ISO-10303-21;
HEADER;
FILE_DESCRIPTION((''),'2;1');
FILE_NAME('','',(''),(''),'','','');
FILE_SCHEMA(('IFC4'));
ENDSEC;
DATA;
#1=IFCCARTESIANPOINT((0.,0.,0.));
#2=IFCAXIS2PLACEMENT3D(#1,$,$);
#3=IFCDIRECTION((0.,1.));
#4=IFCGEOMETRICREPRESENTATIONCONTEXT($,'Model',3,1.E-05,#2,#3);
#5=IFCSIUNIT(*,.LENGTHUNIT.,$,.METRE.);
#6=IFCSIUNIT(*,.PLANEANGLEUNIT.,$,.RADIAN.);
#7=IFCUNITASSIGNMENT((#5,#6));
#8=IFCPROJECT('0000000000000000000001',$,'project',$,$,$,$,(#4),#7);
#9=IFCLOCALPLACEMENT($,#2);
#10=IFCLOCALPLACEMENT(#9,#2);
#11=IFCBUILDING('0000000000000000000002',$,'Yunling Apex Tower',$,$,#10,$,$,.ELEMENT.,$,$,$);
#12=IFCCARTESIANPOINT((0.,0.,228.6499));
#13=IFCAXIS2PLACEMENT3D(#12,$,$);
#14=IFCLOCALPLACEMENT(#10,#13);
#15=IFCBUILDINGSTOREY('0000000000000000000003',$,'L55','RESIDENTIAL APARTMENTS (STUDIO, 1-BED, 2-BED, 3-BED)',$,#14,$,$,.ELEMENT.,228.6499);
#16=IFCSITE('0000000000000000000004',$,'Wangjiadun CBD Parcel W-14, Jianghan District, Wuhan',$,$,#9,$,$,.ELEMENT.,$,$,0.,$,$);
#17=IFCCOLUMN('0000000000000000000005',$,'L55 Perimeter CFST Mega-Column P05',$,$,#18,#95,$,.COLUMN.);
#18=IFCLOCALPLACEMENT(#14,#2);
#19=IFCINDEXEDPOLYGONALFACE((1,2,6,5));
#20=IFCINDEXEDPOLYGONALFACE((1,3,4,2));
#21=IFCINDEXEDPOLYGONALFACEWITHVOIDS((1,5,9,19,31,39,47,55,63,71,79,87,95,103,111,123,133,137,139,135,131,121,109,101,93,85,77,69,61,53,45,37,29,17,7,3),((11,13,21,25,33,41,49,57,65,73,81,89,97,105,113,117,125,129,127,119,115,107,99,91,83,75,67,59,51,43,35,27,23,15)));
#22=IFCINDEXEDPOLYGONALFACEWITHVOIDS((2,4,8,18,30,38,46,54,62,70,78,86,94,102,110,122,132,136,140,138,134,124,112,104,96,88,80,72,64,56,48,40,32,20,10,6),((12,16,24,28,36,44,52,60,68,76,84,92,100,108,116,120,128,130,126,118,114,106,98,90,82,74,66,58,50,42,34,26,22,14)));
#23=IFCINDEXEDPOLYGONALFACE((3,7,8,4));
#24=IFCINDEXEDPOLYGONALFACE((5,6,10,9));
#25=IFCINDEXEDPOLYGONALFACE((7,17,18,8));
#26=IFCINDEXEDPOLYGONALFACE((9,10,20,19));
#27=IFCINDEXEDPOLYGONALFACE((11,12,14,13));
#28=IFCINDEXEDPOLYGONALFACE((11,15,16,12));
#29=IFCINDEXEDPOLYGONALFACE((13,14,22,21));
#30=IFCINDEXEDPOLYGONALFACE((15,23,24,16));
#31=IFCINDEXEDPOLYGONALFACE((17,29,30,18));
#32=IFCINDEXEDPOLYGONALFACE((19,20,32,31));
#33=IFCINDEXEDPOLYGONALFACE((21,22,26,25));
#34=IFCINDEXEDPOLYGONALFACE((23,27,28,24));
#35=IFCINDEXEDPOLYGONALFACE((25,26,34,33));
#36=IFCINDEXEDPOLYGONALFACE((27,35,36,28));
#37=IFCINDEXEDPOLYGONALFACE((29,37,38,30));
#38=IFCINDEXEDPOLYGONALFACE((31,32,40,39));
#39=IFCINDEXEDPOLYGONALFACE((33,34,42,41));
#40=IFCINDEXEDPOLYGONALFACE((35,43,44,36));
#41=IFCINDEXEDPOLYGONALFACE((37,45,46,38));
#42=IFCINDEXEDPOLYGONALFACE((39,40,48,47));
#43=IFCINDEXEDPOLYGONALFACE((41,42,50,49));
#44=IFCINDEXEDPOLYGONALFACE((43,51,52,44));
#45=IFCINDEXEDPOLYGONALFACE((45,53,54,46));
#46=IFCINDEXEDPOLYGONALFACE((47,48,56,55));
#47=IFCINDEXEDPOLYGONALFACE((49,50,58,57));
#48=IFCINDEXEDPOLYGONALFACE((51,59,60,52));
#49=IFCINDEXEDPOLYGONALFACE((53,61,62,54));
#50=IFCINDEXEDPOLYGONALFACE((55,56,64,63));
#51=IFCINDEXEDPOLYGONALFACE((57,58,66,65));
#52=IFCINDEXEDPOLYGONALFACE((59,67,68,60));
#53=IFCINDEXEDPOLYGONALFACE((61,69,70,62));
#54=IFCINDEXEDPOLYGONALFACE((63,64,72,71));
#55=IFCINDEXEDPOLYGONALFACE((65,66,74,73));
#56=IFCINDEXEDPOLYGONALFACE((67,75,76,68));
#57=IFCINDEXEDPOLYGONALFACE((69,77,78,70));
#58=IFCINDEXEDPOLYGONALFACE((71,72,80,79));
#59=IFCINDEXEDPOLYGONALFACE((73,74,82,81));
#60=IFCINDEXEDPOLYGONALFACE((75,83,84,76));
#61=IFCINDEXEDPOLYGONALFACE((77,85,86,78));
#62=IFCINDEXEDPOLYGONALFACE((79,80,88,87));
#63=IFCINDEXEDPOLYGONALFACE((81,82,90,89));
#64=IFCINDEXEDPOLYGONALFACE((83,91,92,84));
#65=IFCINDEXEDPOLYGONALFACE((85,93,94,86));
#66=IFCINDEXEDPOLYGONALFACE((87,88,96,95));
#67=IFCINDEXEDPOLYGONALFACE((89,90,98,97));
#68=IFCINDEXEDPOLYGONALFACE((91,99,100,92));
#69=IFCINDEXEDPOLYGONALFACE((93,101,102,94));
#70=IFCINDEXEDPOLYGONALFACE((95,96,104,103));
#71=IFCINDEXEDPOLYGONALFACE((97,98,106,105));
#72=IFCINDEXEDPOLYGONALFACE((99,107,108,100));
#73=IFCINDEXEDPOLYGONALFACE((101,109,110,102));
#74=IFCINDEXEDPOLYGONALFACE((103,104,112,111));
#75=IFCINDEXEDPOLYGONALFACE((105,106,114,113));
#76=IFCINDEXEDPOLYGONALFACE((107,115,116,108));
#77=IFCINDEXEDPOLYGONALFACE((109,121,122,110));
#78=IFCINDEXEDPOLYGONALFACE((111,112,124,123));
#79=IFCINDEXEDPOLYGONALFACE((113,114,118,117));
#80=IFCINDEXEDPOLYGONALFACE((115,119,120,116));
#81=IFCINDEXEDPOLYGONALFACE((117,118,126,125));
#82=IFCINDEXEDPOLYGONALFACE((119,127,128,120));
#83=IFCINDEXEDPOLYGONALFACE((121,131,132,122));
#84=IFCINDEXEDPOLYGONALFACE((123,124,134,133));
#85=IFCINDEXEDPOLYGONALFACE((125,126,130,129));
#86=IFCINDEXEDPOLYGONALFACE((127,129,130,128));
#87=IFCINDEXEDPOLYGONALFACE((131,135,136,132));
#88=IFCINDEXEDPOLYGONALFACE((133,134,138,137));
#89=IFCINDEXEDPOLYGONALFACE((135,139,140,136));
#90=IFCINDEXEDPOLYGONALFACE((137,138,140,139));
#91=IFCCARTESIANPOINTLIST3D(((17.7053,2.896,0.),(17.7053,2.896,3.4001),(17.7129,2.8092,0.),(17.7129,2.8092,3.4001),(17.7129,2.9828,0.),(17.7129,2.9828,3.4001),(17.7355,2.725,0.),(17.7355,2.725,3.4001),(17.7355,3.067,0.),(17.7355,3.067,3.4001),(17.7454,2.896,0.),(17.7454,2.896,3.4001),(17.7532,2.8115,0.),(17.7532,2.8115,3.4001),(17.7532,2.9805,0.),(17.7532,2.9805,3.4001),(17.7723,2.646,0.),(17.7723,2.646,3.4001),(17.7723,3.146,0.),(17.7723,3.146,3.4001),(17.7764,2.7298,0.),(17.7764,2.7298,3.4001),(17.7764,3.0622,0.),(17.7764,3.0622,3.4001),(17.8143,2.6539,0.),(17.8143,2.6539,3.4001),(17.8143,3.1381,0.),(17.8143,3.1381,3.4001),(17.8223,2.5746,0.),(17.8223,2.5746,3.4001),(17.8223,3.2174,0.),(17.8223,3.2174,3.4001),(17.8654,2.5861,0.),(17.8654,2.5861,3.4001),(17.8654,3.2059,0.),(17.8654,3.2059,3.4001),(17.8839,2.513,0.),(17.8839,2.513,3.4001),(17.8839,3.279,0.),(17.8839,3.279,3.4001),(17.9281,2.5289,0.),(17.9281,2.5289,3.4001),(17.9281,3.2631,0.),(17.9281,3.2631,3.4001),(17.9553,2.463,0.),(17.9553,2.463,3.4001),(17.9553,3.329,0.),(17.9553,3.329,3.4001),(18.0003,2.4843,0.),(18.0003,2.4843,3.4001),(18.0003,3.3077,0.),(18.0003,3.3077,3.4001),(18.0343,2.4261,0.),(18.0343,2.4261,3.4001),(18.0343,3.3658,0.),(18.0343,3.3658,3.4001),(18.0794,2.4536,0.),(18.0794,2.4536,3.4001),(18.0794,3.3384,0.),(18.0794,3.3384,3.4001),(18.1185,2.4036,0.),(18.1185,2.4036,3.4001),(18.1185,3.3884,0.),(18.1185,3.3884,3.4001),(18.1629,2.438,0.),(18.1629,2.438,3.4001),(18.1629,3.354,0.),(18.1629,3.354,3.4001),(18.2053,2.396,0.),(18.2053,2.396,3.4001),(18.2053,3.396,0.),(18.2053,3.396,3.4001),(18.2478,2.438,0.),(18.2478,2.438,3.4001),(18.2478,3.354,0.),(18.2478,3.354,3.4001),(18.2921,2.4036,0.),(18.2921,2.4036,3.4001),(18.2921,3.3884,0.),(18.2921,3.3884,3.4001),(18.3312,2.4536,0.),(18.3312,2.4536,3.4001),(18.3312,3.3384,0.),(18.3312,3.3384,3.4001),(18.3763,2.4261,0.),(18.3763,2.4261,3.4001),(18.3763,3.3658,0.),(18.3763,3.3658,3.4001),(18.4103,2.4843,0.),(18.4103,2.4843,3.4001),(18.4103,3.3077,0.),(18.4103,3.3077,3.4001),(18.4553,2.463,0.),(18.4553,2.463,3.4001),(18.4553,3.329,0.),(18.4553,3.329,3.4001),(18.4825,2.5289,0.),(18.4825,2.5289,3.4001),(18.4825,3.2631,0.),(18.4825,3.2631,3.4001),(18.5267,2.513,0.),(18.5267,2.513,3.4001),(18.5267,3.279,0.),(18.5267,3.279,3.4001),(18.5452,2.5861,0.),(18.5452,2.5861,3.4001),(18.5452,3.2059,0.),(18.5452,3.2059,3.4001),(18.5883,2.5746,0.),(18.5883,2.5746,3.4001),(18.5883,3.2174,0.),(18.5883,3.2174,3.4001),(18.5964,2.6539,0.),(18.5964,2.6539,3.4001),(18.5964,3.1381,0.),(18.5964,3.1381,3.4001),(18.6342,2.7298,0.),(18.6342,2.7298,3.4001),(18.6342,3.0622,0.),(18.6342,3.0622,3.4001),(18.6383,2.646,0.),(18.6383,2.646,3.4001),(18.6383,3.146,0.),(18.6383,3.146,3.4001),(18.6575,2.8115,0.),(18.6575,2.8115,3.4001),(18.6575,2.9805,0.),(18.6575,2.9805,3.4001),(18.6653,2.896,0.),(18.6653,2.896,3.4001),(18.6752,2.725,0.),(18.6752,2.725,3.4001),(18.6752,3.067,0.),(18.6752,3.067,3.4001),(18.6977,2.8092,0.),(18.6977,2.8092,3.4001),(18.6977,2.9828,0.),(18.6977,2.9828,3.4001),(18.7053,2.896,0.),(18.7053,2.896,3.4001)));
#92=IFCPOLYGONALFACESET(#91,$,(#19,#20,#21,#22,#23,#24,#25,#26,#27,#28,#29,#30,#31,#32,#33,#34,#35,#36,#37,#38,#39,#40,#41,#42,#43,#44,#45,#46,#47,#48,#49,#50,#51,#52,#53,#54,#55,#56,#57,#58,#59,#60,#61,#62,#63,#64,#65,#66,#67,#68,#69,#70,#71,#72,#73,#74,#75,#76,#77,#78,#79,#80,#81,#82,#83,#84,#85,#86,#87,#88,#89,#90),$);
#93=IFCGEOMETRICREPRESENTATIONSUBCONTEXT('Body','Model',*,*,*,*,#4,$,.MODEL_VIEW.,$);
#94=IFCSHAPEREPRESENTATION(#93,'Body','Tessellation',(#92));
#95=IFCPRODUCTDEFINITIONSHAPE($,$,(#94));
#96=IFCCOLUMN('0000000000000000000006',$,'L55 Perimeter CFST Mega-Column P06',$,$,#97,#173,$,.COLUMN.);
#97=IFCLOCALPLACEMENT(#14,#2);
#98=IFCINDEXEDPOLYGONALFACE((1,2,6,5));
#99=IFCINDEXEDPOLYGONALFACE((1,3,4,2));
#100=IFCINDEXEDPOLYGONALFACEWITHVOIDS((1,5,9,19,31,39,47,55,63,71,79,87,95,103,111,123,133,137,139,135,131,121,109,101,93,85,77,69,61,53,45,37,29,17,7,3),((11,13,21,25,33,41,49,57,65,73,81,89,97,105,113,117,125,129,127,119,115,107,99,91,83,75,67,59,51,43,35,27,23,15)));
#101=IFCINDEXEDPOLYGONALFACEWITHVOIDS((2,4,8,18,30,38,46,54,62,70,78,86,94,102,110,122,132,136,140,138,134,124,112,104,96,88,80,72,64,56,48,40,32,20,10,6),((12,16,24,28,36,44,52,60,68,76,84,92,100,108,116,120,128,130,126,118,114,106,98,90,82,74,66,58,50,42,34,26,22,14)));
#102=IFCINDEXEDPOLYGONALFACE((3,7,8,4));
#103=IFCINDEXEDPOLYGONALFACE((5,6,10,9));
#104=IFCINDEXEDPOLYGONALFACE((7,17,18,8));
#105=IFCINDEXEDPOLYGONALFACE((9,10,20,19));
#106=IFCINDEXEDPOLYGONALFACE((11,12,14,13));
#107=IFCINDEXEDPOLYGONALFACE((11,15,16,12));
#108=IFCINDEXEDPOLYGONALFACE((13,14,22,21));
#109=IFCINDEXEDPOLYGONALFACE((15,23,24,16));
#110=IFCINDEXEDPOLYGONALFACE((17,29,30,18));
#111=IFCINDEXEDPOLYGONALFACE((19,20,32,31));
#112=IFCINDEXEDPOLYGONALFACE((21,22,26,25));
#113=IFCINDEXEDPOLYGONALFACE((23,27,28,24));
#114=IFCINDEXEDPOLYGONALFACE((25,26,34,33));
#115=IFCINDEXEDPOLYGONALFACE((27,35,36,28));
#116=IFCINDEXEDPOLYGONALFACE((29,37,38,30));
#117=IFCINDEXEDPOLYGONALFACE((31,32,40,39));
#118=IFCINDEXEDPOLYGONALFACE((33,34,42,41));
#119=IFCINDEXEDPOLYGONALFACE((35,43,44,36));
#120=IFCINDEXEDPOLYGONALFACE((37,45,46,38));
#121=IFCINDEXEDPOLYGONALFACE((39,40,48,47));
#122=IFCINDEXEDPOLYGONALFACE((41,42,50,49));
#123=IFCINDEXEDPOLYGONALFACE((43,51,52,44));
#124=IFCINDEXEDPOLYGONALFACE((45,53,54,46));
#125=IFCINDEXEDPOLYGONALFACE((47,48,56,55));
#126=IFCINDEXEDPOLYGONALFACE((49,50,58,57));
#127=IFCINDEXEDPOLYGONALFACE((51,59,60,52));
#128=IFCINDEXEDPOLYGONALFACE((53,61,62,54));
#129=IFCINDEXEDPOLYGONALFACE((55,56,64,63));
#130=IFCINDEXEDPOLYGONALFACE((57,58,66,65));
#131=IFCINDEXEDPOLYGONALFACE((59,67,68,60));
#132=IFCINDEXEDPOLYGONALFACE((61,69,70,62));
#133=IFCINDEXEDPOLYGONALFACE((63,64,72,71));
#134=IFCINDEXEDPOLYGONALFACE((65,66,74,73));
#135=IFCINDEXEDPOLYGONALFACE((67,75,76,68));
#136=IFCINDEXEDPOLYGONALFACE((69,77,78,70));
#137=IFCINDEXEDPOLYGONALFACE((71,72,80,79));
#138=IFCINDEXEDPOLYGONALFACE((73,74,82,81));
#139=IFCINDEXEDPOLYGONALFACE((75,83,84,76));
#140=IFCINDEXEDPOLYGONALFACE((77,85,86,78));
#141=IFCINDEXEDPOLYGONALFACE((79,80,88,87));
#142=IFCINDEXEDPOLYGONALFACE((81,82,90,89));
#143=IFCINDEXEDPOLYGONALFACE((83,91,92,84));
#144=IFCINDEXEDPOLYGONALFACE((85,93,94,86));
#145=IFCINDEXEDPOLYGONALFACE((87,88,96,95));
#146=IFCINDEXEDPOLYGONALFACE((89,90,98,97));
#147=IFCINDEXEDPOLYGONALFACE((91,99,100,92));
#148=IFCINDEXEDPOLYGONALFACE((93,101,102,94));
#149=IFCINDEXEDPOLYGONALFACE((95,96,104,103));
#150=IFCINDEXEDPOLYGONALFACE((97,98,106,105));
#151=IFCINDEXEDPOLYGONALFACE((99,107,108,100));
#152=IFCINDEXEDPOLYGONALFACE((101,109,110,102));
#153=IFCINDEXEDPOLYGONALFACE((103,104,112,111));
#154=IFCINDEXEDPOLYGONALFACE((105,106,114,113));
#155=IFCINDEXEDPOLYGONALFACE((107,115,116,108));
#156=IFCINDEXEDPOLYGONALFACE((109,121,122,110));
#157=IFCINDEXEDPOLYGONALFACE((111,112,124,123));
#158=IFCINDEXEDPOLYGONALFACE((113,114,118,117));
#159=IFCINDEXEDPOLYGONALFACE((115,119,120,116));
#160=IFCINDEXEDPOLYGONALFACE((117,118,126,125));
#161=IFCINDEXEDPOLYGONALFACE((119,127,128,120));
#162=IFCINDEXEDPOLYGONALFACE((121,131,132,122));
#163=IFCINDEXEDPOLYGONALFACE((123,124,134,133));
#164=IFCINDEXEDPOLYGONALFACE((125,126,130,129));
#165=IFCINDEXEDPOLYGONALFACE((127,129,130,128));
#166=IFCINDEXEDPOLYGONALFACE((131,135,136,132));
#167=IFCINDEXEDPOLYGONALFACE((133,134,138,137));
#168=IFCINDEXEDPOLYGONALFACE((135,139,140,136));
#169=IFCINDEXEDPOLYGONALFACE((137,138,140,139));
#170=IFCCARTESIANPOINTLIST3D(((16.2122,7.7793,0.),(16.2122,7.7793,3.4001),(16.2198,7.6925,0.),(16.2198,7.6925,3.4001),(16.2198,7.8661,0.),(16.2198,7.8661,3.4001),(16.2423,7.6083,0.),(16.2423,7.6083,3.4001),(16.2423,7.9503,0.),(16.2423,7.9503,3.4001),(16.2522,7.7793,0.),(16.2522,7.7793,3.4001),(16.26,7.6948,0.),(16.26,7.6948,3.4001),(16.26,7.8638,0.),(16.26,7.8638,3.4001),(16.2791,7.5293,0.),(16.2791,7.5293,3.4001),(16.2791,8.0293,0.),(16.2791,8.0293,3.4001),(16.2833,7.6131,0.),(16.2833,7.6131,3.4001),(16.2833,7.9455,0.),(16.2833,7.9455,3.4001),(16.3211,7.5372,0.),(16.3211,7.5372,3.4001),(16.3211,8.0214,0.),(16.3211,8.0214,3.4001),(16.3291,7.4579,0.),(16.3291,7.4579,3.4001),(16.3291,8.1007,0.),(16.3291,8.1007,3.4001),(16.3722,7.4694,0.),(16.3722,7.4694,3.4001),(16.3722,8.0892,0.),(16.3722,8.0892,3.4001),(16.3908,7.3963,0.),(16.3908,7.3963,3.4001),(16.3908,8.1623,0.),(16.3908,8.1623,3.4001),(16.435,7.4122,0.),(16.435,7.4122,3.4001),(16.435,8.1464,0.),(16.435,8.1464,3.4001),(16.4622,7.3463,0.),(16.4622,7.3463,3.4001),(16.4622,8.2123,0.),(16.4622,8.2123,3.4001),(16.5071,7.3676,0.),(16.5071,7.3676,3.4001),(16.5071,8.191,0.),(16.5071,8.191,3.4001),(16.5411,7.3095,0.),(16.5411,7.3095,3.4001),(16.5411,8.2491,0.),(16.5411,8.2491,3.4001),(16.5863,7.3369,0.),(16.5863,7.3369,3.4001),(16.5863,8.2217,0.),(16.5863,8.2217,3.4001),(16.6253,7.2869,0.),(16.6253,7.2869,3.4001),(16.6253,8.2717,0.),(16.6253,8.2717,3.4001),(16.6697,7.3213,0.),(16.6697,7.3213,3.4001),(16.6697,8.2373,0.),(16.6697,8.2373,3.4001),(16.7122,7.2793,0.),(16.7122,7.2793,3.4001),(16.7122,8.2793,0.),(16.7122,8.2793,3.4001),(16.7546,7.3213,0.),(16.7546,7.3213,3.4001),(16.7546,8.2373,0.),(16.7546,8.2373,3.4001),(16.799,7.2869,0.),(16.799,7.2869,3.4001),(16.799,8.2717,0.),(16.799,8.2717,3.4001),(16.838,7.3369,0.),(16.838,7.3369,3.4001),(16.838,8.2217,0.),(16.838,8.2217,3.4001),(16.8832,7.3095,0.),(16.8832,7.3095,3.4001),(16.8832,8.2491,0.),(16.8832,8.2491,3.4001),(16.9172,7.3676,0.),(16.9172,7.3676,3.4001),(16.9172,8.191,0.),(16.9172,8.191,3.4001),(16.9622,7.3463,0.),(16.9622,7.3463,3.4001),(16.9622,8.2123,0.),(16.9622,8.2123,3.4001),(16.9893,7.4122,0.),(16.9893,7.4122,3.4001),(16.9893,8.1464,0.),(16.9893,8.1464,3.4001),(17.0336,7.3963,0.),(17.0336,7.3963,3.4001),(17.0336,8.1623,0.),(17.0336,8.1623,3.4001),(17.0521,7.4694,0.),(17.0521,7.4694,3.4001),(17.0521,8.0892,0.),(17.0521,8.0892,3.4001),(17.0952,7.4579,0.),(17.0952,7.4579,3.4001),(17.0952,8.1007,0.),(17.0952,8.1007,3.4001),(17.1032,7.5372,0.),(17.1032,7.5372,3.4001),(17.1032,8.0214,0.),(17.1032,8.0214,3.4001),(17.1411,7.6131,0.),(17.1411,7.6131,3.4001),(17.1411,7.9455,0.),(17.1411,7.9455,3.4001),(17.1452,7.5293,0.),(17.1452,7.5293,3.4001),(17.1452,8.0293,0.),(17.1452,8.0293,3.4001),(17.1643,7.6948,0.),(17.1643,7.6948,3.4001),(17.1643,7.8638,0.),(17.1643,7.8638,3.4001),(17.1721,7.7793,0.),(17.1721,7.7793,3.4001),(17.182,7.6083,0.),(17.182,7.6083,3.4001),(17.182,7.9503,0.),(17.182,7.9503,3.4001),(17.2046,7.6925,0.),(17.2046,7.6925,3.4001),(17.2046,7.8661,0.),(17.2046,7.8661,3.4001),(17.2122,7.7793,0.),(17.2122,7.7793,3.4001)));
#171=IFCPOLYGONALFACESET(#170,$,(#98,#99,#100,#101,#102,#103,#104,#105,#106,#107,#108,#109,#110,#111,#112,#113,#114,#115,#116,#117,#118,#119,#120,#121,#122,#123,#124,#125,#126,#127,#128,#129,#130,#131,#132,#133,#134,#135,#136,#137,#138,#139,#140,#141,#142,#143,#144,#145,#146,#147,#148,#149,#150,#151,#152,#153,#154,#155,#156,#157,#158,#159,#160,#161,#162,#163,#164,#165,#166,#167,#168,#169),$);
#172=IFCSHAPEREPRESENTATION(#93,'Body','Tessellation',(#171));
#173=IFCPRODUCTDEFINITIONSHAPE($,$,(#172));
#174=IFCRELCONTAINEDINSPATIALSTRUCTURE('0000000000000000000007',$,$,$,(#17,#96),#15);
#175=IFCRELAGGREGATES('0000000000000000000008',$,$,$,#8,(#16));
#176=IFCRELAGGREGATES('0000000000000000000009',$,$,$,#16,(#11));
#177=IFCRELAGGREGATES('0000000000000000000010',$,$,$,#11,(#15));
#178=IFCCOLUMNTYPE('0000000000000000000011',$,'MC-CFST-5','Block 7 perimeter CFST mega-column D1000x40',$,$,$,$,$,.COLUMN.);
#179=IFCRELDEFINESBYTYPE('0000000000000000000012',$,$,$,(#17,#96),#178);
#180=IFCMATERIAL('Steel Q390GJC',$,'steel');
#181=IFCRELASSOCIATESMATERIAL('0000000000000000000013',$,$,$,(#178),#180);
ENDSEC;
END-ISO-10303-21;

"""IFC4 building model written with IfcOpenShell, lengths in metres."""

from ifc_helpers import new_model, si_unit, direction, frame, origin, origin_2d, place, context, subcontext, project, spatial, hollow_circle, extrude, source, transform, mapped, material, material_profile, profile_set, type_object, element, save


model = new_model("IFC4")

# Units and contexts
model_context = context("Model", 3, precision=1e-05, world=origin(), true_north=direction((0.0, 1.0)))
body_context = subcontext(model_context, "Body", "Model", "MODEL_VIEW")
ifc_project = project(units=[si_unit("LENGTHUNIT", "METRE"), si_unit("PLANEANGLEUNIT", "RADIAN")], contexts=[model_context])

# Site, building, storey
site_placement = place(None, origin())
site = spatial("IfcSite", under=ifc_project, at=site_placement, Name="Wangjiadun CBD Parcel W-14, Jianghan District, Wuhan", CompositionType="ELEMENT", RefElevation=0.0)
building_placement = place(site_placement, origin())
building = spatial("IfcBuilding", under=site, at=building_placement, Name="Yunling Apex Tower", CompositionType="ELEMENT")
storey_placement = place(building_placement, frame((0.0, 0.0, 228.6499)))
storey = spatial("IfcBuildingStorey", under=building, at=storey_placement, Name="L55", Description="RESIDENTIAL APARTMENTS (STUDIO, 1-BED, 2-BED, 3-BED)", CompositionType="ELEMENT", Elevation=228.6499)

# Columns
ifc_material_1 = material(Name="Steel Q390GJC", Category="steel")
ifc_material_profile_1 = material_profile(ifc_material_1, hollow_circle(Radius=0.5, WallThickness=0.04, at=origin_2d()))
ifc_profile_set_1 = profile_set([ifc_material_profile_1], Name="Steel Q390GJC")
column_type = type_object("IfcColumnType", Name="MC-CFST-5", Description="Block 7 perimeter CFST mega-column D1000x40", PredefinedType="COLUMN", material=ifc_profile_set_1)
shared_shape_1 = source(origin(), body_context, "Body", "SweptSolid", [
    extrude(hollow_circle(Radius=0.5, WallThickness=0.04, at=origin_2d()), origin(), (0.0, 0.0, 1.0), 3.4001),
])
for number, where, z_axis, x_axis, name in (
    (1, (18.2053, 2.896, 0.0), (0.0, 0.0, 1.0), (1.0, 0.0, 0.0), "L55 Perimeter CFST Mega-Column P05"),
    (2, (16.7122, 7.7793, 0.0), (0.0, 0.0, 1.0), (1.0, 0.0, 0.0), "L55 Perimeter CFST Mega-Column P06"),
):
    element("IfcColumn", number, at=place(storey_placement, frame(where, z_axis=z_axis, x_axis=x_axis)), inside=storey, type_object=column_type, Name=name, PredefinedType="COLUMN", context=body_context, shape_type="MappedRepresentation", body=[
        mapped(shared_shape_1, transform((0.0, 0.0, 0.0), scale=1.0)),
    ])

save(model, "model.ifc")
